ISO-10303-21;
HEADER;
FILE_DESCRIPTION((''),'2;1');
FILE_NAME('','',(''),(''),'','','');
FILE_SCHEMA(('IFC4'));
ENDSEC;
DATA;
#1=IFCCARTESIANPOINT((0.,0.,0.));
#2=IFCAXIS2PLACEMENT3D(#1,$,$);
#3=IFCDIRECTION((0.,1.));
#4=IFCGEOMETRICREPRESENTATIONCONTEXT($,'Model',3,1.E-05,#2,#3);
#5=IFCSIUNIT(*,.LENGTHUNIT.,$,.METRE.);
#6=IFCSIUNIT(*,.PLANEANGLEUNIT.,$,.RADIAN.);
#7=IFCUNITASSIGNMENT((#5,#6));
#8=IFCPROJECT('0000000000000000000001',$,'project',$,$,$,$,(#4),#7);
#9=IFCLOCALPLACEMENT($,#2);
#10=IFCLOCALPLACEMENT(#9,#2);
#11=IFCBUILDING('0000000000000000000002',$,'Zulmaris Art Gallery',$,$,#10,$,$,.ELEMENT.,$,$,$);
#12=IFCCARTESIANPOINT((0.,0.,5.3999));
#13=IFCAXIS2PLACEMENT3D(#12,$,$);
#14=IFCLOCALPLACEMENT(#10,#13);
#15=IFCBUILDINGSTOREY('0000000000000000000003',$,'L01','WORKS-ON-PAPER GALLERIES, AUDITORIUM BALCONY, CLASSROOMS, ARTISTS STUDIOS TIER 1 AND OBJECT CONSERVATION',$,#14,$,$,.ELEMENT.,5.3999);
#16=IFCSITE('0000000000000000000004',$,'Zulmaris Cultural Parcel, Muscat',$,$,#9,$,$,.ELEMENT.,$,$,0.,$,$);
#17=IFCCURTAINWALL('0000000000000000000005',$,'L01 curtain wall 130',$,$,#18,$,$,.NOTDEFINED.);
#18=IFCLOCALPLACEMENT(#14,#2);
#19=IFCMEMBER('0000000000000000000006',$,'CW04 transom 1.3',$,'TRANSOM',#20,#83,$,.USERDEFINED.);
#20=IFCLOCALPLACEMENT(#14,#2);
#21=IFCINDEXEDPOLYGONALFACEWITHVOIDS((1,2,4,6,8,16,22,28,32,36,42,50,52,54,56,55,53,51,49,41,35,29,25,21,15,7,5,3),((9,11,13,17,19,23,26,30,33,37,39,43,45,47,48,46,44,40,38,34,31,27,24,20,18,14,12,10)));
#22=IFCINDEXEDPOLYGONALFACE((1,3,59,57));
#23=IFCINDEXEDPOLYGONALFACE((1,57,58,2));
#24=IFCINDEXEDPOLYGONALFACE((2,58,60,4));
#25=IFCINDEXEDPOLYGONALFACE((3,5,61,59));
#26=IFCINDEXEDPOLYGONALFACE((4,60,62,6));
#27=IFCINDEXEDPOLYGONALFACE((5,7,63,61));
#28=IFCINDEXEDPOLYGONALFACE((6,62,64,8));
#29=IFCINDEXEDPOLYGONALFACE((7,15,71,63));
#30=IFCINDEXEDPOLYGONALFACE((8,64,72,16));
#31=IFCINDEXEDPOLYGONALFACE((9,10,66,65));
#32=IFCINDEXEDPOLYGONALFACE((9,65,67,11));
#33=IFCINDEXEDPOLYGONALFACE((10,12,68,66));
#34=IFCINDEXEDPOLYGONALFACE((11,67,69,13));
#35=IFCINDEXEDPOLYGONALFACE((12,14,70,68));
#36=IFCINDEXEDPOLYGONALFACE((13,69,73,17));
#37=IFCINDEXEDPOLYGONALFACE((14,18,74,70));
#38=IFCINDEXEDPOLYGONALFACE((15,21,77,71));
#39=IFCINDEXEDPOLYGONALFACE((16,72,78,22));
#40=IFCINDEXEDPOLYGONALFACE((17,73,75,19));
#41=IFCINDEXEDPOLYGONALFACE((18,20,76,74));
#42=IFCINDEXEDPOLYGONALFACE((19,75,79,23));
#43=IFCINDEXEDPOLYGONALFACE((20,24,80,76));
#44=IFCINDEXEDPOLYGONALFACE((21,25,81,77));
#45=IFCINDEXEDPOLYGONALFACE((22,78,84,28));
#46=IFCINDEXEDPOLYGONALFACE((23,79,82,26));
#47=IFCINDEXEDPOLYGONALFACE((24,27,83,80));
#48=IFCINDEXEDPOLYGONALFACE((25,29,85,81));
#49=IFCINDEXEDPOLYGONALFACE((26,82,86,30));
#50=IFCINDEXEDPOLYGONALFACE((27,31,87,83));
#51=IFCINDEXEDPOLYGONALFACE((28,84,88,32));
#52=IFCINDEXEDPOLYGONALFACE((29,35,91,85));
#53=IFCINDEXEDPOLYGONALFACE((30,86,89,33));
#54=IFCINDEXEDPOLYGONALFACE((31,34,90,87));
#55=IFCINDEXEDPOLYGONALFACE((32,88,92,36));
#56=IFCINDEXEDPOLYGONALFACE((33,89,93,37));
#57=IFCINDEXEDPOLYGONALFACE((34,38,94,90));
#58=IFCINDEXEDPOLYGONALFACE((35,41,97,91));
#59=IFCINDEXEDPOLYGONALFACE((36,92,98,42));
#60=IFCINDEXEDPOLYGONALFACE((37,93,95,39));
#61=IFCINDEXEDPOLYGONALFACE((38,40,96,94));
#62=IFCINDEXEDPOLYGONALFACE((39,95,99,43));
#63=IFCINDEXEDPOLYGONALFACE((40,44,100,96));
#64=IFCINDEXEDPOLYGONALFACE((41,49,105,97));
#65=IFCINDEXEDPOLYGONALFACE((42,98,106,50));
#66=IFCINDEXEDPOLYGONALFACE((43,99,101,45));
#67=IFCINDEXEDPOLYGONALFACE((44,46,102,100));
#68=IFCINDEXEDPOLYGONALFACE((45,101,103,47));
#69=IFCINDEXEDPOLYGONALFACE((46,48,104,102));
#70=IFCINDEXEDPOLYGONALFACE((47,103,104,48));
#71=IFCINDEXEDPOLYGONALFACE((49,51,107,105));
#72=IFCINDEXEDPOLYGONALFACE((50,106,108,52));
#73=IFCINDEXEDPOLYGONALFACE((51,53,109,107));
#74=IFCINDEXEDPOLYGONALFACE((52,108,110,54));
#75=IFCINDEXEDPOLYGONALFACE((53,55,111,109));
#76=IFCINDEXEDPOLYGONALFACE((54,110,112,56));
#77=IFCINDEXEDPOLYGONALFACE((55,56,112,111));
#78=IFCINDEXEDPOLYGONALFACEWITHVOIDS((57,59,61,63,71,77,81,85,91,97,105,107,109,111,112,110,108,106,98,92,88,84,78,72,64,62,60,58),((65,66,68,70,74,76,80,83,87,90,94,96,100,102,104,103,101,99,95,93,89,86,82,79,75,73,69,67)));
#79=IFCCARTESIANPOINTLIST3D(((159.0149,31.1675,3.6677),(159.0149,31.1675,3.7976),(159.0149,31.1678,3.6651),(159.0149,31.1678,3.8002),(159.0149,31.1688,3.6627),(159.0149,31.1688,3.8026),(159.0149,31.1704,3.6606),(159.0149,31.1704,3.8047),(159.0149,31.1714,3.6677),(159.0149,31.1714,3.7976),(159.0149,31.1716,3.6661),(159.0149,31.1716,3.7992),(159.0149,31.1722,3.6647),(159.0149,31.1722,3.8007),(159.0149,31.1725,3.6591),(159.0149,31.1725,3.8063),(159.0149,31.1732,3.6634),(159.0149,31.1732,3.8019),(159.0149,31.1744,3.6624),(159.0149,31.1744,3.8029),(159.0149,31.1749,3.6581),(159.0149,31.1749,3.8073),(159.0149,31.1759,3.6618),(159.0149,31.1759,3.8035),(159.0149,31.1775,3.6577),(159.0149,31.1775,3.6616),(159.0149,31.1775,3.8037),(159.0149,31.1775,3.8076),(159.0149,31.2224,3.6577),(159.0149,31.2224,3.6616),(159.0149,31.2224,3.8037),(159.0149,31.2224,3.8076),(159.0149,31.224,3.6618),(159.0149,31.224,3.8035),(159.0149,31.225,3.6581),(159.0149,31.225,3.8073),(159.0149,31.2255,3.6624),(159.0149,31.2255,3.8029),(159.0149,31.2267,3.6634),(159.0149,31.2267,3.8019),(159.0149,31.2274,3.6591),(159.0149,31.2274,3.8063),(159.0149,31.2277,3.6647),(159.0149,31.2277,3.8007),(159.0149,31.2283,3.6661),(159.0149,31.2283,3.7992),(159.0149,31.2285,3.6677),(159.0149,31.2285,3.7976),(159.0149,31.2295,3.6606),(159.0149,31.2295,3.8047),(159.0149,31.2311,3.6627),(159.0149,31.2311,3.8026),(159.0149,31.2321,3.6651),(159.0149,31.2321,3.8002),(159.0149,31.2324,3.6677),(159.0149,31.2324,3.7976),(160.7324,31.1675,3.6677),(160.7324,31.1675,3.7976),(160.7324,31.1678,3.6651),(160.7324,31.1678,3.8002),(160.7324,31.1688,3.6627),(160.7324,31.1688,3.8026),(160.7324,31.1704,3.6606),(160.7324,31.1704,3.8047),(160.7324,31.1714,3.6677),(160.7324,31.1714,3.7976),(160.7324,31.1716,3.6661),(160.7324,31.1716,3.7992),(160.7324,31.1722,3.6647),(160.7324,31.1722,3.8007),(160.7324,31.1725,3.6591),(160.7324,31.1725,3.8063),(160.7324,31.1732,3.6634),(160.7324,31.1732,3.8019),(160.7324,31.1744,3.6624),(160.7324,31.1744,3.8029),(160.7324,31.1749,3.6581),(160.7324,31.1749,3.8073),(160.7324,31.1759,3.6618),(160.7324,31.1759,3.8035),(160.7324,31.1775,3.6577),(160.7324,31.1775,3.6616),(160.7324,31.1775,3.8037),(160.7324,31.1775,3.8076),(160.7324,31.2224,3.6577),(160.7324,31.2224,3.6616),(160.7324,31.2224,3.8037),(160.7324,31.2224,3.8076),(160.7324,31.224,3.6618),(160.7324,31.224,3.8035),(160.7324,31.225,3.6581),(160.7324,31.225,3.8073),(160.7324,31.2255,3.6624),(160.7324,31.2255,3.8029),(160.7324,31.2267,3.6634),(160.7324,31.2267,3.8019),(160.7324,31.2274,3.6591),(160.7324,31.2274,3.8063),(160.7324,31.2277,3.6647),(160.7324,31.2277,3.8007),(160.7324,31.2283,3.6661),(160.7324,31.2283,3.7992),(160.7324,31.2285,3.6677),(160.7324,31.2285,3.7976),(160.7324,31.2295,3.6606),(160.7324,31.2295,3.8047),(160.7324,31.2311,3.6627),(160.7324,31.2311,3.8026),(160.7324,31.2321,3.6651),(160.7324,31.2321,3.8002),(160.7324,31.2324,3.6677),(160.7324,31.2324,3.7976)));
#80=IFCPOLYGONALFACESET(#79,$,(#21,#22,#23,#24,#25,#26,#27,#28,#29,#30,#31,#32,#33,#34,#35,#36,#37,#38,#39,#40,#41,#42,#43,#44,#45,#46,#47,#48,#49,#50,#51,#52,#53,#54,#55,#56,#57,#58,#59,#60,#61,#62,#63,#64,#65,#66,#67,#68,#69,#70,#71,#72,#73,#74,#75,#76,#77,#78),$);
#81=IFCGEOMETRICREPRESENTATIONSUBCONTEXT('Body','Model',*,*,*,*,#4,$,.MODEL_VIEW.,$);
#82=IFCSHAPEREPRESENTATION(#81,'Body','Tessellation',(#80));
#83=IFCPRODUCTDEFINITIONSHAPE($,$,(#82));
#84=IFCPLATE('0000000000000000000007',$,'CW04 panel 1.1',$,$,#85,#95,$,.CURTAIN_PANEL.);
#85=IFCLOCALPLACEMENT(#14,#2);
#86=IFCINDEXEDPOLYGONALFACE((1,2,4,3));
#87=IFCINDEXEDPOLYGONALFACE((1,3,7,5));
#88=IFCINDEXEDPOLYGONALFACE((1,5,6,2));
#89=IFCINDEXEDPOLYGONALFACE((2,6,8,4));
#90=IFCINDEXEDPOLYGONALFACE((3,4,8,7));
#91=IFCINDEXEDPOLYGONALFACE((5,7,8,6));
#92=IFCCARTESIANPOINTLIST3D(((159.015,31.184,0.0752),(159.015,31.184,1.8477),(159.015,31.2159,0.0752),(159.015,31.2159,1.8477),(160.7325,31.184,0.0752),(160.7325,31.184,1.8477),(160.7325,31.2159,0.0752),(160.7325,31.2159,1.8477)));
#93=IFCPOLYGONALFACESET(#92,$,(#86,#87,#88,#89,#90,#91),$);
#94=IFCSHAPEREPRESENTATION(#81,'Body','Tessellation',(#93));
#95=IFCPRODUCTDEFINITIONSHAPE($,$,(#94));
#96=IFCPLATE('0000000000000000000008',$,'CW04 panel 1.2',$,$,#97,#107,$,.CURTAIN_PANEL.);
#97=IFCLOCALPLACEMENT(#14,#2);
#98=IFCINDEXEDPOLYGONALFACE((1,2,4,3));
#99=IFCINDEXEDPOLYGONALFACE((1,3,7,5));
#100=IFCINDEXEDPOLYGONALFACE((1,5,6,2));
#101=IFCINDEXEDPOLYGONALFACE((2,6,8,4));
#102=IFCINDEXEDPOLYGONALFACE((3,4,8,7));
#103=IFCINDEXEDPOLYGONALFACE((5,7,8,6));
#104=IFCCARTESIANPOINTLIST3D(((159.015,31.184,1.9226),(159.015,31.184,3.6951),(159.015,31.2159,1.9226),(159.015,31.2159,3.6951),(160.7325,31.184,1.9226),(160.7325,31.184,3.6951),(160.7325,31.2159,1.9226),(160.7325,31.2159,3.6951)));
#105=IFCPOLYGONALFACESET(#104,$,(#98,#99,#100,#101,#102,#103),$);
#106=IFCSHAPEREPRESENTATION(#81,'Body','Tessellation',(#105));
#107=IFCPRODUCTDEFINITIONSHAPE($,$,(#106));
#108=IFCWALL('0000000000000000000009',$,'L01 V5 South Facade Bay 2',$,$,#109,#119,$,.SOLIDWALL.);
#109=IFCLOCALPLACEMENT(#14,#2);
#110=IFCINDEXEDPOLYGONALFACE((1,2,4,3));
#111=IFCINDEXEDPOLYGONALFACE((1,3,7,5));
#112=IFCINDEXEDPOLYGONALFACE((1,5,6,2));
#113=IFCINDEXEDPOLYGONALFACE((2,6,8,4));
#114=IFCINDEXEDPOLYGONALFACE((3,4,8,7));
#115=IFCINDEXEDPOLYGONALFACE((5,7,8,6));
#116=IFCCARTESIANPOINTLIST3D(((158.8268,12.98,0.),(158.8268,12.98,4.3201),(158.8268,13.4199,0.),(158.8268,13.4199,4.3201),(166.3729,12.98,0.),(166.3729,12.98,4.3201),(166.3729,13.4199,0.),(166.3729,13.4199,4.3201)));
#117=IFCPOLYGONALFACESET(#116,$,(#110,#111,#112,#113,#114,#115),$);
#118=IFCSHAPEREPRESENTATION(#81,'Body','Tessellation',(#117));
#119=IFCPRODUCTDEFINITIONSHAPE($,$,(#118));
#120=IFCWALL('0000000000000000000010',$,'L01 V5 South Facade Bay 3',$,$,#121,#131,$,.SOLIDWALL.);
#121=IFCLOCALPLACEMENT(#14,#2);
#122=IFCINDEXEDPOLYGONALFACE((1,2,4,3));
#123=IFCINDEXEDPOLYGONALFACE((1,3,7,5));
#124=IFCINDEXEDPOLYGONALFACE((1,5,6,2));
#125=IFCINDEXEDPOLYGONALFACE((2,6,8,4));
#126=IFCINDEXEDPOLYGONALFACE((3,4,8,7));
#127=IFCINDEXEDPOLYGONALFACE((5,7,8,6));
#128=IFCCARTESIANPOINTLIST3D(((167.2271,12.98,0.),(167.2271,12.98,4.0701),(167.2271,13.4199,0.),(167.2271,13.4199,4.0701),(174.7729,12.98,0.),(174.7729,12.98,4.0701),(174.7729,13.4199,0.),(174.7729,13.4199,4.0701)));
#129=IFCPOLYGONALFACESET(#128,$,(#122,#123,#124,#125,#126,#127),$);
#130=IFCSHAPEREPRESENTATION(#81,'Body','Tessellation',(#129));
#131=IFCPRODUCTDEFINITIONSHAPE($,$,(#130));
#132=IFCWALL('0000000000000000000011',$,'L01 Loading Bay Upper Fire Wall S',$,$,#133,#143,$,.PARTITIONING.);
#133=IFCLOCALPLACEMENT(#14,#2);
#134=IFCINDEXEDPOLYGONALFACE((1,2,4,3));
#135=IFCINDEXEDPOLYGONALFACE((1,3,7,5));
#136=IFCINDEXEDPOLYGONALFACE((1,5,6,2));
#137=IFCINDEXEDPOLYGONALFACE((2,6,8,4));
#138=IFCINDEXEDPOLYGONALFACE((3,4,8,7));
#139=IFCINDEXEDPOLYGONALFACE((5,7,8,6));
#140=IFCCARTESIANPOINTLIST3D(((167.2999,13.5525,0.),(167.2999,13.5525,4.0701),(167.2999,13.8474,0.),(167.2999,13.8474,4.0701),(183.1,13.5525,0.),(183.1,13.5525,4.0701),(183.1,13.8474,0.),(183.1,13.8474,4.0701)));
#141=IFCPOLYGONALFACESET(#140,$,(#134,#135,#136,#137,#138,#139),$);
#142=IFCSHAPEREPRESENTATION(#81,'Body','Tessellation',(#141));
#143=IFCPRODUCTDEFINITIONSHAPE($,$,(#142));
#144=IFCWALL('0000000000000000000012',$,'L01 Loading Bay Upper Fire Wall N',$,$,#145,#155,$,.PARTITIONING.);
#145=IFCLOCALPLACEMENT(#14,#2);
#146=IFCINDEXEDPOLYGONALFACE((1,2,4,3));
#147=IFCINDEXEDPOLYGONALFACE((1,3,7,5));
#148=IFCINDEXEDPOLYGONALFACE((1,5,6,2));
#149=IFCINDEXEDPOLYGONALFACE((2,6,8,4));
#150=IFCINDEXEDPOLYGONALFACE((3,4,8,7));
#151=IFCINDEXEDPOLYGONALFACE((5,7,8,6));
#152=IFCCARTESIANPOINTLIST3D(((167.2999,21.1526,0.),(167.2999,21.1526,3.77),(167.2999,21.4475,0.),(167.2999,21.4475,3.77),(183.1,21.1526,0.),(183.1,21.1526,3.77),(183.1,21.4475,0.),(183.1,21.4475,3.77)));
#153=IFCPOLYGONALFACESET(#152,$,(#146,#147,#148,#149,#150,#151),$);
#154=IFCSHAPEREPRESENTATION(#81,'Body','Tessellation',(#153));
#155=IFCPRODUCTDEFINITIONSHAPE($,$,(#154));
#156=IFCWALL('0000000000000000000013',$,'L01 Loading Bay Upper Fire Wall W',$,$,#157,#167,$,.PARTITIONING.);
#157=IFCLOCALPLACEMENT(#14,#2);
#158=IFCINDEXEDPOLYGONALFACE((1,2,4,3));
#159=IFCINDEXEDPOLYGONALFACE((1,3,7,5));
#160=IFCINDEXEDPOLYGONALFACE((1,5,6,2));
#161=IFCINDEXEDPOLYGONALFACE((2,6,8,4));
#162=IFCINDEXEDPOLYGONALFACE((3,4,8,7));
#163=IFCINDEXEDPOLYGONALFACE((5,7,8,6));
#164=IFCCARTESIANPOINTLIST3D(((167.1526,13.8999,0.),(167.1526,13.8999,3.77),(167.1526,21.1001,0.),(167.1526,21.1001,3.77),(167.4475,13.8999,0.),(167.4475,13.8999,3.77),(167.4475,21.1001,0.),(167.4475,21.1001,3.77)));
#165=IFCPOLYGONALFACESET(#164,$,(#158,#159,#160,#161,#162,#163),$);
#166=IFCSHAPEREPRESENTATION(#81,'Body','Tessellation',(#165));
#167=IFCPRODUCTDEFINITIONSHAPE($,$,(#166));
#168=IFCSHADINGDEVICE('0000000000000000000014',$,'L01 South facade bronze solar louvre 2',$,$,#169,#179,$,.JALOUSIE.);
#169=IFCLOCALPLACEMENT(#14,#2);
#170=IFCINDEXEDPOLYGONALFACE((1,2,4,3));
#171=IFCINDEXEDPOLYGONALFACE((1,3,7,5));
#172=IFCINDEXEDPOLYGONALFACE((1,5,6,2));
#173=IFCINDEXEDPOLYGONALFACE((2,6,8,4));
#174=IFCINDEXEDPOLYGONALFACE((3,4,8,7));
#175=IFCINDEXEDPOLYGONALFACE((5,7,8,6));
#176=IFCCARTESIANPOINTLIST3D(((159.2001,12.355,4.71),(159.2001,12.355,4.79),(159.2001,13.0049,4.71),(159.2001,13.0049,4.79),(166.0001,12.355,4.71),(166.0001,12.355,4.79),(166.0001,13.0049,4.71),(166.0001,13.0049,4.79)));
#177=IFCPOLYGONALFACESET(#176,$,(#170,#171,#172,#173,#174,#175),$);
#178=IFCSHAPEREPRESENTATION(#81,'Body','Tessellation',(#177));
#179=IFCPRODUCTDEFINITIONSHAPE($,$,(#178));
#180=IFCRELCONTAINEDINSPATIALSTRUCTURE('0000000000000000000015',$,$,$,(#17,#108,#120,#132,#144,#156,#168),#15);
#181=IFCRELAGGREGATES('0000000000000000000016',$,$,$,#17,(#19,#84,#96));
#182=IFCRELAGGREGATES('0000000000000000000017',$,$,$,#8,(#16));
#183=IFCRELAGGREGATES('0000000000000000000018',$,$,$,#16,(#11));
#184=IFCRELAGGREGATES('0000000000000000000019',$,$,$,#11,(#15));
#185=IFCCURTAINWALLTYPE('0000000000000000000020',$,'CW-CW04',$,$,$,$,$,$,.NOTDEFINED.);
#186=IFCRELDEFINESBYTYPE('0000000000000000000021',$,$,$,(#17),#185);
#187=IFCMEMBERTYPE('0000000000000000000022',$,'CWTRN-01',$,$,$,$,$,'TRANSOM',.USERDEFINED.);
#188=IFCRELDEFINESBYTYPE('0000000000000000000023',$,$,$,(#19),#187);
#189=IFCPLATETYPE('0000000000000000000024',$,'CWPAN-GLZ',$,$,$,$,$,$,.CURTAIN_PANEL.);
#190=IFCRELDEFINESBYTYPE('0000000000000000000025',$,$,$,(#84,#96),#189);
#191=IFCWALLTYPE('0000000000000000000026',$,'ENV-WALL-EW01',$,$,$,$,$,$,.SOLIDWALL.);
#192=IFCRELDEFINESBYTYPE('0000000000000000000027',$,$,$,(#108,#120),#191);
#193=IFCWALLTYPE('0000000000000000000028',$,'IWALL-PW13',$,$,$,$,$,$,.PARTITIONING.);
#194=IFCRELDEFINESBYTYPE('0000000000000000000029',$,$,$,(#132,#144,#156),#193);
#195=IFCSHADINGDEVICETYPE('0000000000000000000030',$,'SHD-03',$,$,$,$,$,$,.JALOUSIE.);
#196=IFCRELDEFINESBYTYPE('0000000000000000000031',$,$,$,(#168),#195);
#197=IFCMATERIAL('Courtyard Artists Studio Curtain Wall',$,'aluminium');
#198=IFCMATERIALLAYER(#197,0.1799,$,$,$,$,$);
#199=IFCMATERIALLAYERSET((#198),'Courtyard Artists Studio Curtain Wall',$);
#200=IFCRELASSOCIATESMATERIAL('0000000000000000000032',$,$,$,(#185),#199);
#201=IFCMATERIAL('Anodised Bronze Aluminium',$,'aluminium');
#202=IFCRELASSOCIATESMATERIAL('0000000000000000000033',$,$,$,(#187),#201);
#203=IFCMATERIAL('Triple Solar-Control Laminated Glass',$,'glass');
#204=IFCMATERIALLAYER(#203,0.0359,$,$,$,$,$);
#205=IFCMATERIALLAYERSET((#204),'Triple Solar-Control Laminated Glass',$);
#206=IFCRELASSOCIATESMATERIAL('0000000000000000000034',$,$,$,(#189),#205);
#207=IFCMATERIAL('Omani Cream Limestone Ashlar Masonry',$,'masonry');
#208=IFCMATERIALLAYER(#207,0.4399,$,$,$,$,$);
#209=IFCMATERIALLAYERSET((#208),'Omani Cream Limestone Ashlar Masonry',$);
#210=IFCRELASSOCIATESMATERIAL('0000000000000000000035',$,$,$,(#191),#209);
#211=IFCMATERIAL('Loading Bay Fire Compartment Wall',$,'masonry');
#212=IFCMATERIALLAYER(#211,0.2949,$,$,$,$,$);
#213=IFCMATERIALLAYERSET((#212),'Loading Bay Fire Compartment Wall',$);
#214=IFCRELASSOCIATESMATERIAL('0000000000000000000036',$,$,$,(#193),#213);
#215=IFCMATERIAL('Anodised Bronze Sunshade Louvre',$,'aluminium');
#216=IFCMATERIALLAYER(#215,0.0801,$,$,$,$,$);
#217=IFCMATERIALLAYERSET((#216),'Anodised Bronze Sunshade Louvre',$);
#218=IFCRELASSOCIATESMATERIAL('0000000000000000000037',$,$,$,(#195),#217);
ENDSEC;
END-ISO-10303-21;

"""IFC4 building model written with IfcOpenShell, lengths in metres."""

from ifc_helpers import new_model, si_unit, direction, frame, frame_2d, origin, origin_2d, place, context, subcontext, project, spatial, rectangle, hollow_rectangle, extrude, material, layer, layer_set, material_profile, profile_set, type_object, element, aggregate, save


model = new_model("IFC4")

# Units and contexts
model_context = context("Model", 3, precision=1e-05, world=origin(), true_north=direction((0.0, 1.0)))
body_context = subcontext(model_context, "Body", "Model", "MODEL_VIEW")
ifc_project = project(units=[si_unit("LENGTHUNIT", "METRE"), si_unit("PLANEANGLEUNIT", "RADIAN")], contexts=[model_context])

# Site, building, storey
site_placement = place(None, origin())
site = spatial("IfcSite", under=ifc_project, at=site_placement, Name="Zulmaris Cultural Parcel, Muscat", CompositionType="ELEMENT", RefElevation=0.0)
building_placement = place(site_placement, origin())
building = spatial("IfcBuilding", under=site, at=building_placement, Name="Zulmaris Art Gallery", CompositionType="ELEMENT")
storey_placement = place(building_placement, frame((0.0, 0.0, 5.3999)))
storey = spatial("IfcBuildingStorey", under=building, at=storey_placement, Name="L01", Description="WORKS-ON-PAPER GALLERIES, AUDITORIUM BALCONY, CLASSROOMS, ARTISTS STUDIOS TIER 1 AND OBJECT CONSERVATION", CompositionType="ELEMENT", Elevation=5.3999)

# Curtain wall, member, plates
ifc_material_1 = material(Name="Courtyard Artists Studio Curtain Wall", Category="aluminium")
ifc_layer_1 = layer(ifc_material_1, 0.1799)
ifc_layer_set_1 = layer_set([ifc_layer_1], Name="Courtyard Artists Studio Curtain Wall")
curtain_wall_type = type_object("IfcCurtainWallType", Name="CW-CW04", PredefinedType="NOTDEFINED", material=ifc_layer_set_1)
curtain_wall_placement = place(storey_placement, origin())
curtain_wall = element("IfcCurtainWall", 1, at=curtain_wall_placement, inside=storey, type_object=curtain_wall_type, Name="L01 curtain wall 130", PredefinedType="NOTDEFINED")
ifc_material_2 = material(Name="Anodised Bronze Aluminium", Category="aluminium")
ifc_material_profile_1 = material_profile(ifc_material_2, hollow_rectangle(XDim=0.0649, YDim=0.1499, WallThickness=0.0039, InnerFilletRadius=0.0061, OuterFilletRadius=0.01, at=origin_2d()), Name="ALU 65x150x4")
ifc_profile_set_1 = profile_set([ifc_material_profile_1], Name="Anodised Bronze Aluminium")
member_type_1 = type_object("IfcMemberType", Name="CWTRN-01", ElementType="TRANSOM", PredefinedType="USERDEFINED", material=ifc_profile_set_1)
member_1_placement = place(storey_placement, frame((159.0149, 31.2, 3.7327), z_axis=(1.0, 0.0, 0.0), x_axis=(0.0, 1.0, 0.0)))
member_1 = element("IfcMember", 2, at=member_1_placement, type_object=member_type_1, Name="CW04 transom 1.3", ObjectType="TRANSOM", PredefinedType="USERDEFINED", context=body_context, shape_type="SweptSolid", body=[
    extrude(hollow_rectangle(XDim=0.0649, YDim=0.1499, WallThickness=0.0039, InnerFilletRadius=0.0061, OuterFilletRadius=0.01, at=origin_2d()), origin(), (0.0, 0.0, 1.0), 1.7175),
])
ifc_material_3 = material(Name="Triple Solar-Control Laminated Glass", Category="glass")
ifc_layer_2 = layer(ifc_material_3, 0.0359)
ifc_layer_set_2 = layer_set([ifc_layer_2], Name="Triple Solar-Control Laminated Glass")
plate_type = type_object("IfcPlateType", Name="CWPAN-GLZ", PredefinedType="CURTAIN_PANEL", material=ifc_layer_set_2)
plate_1_placement = place(storey_placement, frame((159.8738, 31.2, 0.0752), z_axis=(0.0, 0.0, 1.0), x_axis=(1.0, 0.0, 0.0)))
plate_1 = element("IfcPlate", 3, at=plate_1_placement, type_object=plate_type, Name="CW04 panel 1.1", PredefinedType="CURTAIN_PANEL", context=body_context, shape_type="SweptSolid", body=[
    extrude(rectangle(XDim=1.7175, YDim=0.032, at=origin_2d()), origin(), (0.0, 0.0, 1.0), 1.7725),
])
plate_2_placement = place(storey_placement, frame((159.8738, 31.2, 1.9226), z_axis=(0.0, 0.0, 1.0), x_axis=(1.0, 0.0, 0.0)))
plate_2 = element("IfcPlate", 4, at=plate_2_placement, type_object=plate_type, Name="CW04 panel 1.2", PredefinedType="CURTAIN_PANEL", context=body_context, shape_type="SweptSolid", body=[
    extrude(rectangle(XDim=1.7175, YDim=0.032, at=origin_2d()), origin(), (0.0, 0.0, 1.0), 1.7725),
])
aggregate(curtain_wall, [member_1, plate_1, plate_2])

# Walls
ifc_material_4 = material(Name="Omani Cream Limestone Ashlar Masonry", Category="masonry")
ifc_layer_3 = layer(ifc_material_4, 0.4399)
ifc_layer_set_3 = layer_set([ifc_layer_3], Name="Omani Cream Limestone Ashlar Masonry")
wall_type_1 = type_object("IfcWallType", Name="ENV-WALL-EW01", PredefinedType="SOLIDWALL", material=ifc_layer_set_3)
wall_1_placement = place(storey_placement, frame((158.8269, 13.2, 0.0), z_axis=(0.0, 0.0, 1.0), x_axis=(1.0, 0.0, 0.0)))
element("IfcWall", 5, at=wall_1_placement, inside=storey, type_object=wall_type_1, Name="L01 V5 South Facade Bay 2", PredefinedType="SOLIDWALL", context=body_context, shape_type="SweptSolid", body=[
    extrude(rectangle(XDim=7.5461, YDim=0.4399, at=frame_2d((3.7729, 0.0))), origin(), (0.0, 0.0, 1.0), 4.3201),
])
wall_2_placement = place(storey_placement, frame((167.2271, 13.2, 0.0), z_axis=(0.0, 0.0, 1.0), x_axis=(1.0, 0.0, 0.0)))
element("IfcWall", 6, at=wall_2_placement, inside=storey, type_object=wall_type_1, Name="L01 V5 South Facade Bay 3", PredefinedType="SOLIDWALL", context=body_context, shape_type="SweptSolid", body=[
    extrude(rectangle(XDim=7.5459, YDim=0.4399, at=frame_2d((3.7729, 0.0))), origin(), (0.0, 0.0, 1.0), 4.0701),
])
ifc_material_5 = material(Name="Loading Bay Fire Compartment Wall", Category="masonry")
ifc_layer_4 = layer(ifc_material_5, 0.2949)
ifc_layer_set_4 = layer_set([ifc_layer_4], Name="Loading Bay Fire Compartment Wall")
wall_type_2 = type_object("IfcWallType", Name="IWALL-PW13", PredefinedType="PARTITIONING", material=ifc_layer_set_4)
wall_3_placement = place(storey_placement, frame((167.3, 13.7, 0.0), z_axis=(0.0, 0.0, 1.0), x_axis=(1.0, 0.0, 0.0)))
element("IfcWall", 7, at=wall_3_placement, inside=storey, type_object=wall_type_2, Name="L01 Loading Bay Upper Fire Wall S", PredefinedType="PARTITIONING", context=body_context, shape_type="SweptSolid", body=[
    extrude(rectangle(XDim=15.8, YDim=0.2949, at=frame_2d((7.8999, 0.0))), origin(), (0.0, 0.0, 1.0), 4.0701),
])
wall_4_placement = place(storey_placement, frame((167.3, 21.3, 0.0), z_axis=(0.0, 0.0, 1.0), x_axis=(1.0, 0.0, 0.0)))
element("IfcWall", 8, at=wall_4_placement, inside=storey, type_object=wall_type_2, Name="L01 Loading Bay Upper Fire Wall N", PredefinedType="PARTITIONING", context=body_context, shape_type="SweptSolid", body=[
    extrude(rectangle(XDim=15.8, YDim=0.2949, at=frame_2d((7.8999, 0.0))), origin(), (0.0, 0.0, 1.0), 3.77),
])
wall_5_placement = place(storey_placement, frame((167.3, 13.8999, 0.0), z_axis=(0.0, 0.0, 1.0), x_axis=(0.0, 1.0, 0.0)))
element("IfcWall", 9, at=wall_5_placement, inside=storey, type_object=wall_type_2, Name="L01 Loading Bay Upper Fire Wall W", PredefinedType="PARTITIONING", context=body_context, shape_type="SweptSolid", body=[
    extrude(rectangle(XDim=7.2002, YDim=0.2949, at=frame_2d((3.6001, 0.0))), origin(), (0.0, 0.0, 1.0), 3.77),
])

# Shading device
ifc_material_6 = material(Name="Anodised Bronze Sunshade Louvre", Category="aluminium")
ifc_layer_5 = layer(ifc_material_6, 0.0801)
ifc_layer_set_5 = layer_set([ifc_layer_5], Name="Anodised Bronze Sunshade Louvre")
shading_device_type = type_object("IfcShadingDeviceType", Name="SHD-03", PredefinedType="JALOUSIE", material=ifc_layer_set_5)
shading_device_placement = place(storey_placement, frame((162.6001, 12.6799, 4.71), z_axis=(0.0, 0.0, 1.0), x_axis=(1.0, 0.0, 0.0)))
element("IfcShadingDevice", 10, at=shading_device_placement, inside=storey, type_object=shading_device_type, Name="L01 South facade bronze solar louvre 2", PredefinedType="JALOUSIE", context=body_context, shape_type="SweptSolid", body=[
    extrude(rectangle(XDim=6.8, YDim=0.6499, at=origin_2d()), origin(), (0.0, 0.0, 1.0), 0.0801),
])

save(model, "model.ifc")
